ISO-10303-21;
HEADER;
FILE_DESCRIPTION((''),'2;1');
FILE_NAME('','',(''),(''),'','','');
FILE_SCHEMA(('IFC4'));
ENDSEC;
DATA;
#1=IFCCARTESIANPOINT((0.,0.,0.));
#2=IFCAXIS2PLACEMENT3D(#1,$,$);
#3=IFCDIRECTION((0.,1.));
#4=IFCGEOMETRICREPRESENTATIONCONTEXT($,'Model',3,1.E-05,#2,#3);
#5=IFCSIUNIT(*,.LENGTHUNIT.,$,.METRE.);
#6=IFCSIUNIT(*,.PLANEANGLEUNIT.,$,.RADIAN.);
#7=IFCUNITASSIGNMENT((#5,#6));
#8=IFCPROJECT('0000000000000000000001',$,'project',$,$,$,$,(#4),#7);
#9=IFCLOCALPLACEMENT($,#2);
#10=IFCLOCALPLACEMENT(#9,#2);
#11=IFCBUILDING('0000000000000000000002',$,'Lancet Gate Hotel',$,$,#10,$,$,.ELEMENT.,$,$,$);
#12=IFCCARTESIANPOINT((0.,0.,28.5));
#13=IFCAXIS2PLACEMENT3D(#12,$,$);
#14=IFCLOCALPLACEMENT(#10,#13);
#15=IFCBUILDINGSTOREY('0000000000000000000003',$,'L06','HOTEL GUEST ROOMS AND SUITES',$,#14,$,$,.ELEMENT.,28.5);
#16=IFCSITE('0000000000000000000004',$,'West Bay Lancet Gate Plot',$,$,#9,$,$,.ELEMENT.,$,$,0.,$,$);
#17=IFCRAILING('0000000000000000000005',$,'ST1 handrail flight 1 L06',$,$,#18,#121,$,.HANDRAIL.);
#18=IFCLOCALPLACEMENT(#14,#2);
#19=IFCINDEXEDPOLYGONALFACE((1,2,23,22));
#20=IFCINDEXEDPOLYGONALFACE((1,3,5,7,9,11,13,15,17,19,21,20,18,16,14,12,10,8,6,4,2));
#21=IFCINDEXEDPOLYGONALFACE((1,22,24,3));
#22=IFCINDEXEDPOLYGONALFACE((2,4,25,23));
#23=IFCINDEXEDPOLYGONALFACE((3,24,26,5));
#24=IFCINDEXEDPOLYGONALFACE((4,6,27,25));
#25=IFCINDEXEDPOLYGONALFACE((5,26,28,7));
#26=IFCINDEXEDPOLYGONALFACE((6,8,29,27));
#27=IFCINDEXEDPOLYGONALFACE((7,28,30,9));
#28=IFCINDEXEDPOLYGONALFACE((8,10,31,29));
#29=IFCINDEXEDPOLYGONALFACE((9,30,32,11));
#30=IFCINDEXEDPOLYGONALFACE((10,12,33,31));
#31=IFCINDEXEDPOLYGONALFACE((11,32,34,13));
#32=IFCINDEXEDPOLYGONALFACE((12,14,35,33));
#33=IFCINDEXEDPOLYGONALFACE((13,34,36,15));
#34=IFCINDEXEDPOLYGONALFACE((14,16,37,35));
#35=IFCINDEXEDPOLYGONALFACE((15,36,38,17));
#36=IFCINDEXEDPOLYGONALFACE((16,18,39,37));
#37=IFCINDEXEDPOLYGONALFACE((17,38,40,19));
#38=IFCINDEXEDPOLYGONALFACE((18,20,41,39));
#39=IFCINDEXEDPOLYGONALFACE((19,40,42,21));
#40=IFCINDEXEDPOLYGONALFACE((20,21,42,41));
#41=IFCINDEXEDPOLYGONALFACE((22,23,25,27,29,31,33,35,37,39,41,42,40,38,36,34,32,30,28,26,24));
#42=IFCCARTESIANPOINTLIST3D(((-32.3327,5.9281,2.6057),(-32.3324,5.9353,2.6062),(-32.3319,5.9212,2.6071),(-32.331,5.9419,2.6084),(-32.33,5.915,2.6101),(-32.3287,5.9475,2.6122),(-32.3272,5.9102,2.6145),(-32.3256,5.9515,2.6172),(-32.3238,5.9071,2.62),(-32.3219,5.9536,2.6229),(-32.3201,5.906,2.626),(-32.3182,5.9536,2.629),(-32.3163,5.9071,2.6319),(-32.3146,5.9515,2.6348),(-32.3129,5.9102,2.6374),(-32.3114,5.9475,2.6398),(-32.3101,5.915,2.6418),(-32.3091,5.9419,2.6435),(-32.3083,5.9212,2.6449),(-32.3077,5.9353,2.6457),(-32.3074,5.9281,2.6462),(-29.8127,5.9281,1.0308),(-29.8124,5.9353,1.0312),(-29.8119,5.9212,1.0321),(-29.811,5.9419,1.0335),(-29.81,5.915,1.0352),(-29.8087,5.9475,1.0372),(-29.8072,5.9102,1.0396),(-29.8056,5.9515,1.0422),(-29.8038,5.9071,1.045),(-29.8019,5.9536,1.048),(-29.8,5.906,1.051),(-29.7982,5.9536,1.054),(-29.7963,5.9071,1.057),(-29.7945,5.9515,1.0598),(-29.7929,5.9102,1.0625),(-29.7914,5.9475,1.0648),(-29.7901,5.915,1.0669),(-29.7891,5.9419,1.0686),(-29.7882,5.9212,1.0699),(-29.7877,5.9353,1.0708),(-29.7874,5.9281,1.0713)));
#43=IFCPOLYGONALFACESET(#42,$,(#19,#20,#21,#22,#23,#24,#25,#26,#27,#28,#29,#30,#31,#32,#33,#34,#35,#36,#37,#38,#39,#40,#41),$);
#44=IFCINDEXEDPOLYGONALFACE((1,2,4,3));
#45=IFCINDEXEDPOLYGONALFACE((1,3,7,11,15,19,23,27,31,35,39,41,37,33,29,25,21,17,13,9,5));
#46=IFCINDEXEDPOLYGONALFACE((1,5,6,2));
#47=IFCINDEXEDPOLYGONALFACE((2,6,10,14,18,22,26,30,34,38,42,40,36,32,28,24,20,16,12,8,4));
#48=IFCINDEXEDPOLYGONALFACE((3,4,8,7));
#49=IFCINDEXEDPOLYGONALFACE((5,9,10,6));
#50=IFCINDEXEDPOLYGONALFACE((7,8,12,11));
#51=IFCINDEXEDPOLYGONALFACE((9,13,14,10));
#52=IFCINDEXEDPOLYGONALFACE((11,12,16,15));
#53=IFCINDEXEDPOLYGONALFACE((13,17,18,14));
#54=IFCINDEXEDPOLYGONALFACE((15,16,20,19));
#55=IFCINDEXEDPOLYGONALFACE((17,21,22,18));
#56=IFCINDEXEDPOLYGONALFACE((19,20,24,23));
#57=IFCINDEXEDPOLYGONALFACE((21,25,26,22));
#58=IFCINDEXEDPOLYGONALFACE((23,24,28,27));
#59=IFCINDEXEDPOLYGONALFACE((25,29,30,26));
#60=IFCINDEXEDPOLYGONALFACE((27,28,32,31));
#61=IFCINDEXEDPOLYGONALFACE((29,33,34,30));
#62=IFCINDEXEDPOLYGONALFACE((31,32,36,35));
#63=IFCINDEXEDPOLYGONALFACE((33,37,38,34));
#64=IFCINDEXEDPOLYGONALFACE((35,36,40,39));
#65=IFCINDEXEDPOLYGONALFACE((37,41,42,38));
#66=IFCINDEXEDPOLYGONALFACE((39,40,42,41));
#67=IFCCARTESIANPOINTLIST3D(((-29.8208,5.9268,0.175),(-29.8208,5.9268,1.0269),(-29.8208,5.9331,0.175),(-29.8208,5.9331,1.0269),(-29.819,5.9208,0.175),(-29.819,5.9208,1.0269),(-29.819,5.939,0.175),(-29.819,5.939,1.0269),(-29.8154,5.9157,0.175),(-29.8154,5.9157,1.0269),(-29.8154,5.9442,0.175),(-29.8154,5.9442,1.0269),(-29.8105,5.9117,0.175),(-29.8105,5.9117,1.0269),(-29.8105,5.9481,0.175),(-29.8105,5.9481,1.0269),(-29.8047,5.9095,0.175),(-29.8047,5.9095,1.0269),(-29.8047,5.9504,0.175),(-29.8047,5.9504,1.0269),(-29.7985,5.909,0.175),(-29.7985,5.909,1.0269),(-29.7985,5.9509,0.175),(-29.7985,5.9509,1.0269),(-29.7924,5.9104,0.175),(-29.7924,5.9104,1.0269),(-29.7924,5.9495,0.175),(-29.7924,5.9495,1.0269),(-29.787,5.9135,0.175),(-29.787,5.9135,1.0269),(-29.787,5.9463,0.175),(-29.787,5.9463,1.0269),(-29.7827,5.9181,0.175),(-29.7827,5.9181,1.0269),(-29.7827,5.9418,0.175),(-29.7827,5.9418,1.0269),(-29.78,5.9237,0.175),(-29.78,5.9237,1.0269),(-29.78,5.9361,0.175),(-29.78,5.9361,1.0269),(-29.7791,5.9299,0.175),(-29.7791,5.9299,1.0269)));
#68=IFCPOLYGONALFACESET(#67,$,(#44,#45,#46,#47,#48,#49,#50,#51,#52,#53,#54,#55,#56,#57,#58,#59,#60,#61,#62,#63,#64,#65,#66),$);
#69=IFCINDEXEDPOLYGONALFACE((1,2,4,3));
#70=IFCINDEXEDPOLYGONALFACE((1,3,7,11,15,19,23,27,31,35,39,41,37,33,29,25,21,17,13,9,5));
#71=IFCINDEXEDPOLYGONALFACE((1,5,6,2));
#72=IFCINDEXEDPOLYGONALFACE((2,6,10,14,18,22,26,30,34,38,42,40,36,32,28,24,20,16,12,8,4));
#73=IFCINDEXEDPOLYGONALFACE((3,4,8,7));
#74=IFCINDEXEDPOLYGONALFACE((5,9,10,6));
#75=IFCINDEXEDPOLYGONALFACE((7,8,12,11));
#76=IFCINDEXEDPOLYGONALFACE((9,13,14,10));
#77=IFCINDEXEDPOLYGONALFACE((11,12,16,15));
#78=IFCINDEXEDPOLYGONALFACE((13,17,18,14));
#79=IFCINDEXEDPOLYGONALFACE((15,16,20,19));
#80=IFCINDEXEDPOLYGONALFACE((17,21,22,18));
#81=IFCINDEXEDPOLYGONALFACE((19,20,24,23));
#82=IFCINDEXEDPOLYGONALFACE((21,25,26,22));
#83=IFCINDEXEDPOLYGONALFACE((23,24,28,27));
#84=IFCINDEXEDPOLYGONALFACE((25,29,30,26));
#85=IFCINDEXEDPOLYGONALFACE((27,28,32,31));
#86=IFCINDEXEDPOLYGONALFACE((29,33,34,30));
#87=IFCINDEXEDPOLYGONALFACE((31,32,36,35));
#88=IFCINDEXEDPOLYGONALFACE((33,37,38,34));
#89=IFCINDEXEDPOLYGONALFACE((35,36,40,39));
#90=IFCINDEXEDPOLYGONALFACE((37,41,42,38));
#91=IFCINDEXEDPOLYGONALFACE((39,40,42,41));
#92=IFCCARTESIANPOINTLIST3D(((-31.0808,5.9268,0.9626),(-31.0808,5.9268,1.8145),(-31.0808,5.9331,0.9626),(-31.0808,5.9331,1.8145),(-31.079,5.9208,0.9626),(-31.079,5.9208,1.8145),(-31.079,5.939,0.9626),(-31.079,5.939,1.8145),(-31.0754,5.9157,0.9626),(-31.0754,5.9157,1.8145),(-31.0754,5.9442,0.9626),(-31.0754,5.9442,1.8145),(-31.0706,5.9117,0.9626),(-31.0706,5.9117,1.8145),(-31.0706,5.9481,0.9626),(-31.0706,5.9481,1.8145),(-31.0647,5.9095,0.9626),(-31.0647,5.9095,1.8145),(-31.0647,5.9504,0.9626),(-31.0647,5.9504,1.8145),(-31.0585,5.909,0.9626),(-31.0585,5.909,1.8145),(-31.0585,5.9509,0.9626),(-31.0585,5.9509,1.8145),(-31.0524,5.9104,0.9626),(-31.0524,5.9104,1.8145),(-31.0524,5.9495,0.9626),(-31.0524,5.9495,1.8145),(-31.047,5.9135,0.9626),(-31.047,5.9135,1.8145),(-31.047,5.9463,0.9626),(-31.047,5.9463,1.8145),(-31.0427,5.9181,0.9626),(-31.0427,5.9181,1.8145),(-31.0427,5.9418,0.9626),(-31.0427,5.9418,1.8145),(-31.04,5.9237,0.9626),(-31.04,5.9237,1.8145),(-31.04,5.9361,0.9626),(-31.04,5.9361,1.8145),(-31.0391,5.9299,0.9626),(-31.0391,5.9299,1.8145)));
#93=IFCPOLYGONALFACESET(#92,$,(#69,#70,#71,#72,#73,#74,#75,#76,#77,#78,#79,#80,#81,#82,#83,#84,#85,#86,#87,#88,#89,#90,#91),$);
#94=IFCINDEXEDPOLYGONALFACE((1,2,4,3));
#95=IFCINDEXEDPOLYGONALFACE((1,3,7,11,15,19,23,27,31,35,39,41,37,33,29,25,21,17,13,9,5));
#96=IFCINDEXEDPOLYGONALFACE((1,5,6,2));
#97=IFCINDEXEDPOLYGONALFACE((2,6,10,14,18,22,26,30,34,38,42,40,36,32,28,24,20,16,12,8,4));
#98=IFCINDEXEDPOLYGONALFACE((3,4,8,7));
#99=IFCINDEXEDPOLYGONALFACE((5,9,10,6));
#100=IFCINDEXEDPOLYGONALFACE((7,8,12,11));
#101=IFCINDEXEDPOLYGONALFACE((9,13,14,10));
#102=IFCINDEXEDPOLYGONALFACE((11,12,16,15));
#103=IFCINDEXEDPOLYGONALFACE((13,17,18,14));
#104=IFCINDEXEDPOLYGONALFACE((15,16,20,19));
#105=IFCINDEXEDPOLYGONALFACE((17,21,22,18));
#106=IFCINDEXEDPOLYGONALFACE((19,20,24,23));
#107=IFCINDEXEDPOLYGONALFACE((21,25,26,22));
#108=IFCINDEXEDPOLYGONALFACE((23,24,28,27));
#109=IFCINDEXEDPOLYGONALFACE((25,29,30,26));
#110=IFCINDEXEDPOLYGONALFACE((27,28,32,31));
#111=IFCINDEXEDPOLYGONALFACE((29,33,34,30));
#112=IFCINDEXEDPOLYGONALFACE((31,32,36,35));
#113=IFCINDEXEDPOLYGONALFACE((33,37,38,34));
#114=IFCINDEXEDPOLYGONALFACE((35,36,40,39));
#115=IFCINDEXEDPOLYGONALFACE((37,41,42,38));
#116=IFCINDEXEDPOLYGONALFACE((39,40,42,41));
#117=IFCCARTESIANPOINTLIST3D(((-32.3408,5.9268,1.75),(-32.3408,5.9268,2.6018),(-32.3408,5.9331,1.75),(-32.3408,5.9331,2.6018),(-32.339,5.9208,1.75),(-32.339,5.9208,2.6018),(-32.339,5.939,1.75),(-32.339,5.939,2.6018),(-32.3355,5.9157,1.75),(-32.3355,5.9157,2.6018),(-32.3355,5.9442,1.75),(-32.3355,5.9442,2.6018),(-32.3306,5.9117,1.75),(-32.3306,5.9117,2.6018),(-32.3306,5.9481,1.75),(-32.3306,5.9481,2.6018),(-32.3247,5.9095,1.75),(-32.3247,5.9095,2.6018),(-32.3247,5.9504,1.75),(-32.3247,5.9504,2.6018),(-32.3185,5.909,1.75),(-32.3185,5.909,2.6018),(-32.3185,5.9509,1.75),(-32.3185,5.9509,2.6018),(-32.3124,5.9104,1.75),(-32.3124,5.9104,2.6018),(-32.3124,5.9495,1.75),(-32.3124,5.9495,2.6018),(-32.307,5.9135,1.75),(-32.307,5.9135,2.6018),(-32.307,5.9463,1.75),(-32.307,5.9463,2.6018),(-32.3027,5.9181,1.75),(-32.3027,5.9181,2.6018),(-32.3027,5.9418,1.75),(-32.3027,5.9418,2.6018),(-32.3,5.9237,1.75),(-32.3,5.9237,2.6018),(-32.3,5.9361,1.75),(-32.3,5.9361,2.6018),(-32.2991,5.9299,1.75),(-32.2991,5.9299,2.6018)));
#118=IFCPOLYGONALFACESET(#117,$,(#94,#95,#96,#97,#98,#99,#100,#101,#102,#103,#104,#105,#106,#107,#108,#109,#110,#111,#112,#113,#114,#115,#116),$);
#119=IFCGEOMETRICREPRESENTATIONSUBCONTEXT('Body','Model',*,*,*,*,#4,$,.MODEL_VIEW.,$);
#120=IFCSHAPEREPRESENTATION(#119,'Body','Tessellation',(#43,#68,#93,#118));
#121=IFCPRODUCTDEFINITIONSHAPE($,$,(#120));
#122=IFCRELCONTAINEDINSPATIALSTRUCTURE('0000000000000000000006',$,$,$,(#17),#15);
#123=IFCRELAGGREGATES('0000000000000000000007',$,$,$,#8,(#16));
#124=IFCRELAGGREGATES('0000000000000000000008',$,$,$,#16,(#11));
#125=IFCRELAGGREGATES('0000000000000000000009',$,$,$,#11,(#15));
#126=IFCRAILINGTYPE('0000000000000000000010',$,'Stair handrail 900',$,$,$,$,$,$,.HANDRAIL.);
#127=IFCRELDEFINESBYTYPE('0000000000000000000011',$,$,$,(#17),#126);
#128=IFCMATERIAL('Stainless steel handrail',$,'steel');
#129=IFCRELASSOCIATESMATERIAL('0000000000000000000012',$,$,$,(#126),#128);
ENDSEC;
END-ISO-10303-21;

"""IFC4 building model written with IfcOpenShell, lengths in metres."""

from ifc_helpers import new_model, si_unit, direction, frame, origin, origin_2d, place, context, subcontext, project, spatial, circle, extrude, material, type_object, element, save


model = new_model("IFC4")

# Units and contexts
model_context = context("Model", 3, precision=1e-05, world=origin(), true_north=direction((0.0, 1.0)))
body_context = subcontext(model_context, "Body", "Model", "MODEL_VIEW")
ifc_project = project(units=[si_unit("LENGTHUNIT", "METRE"), si_unit("PLANEANGLEUNIT", "RADIAN")], contexts=[model_context])

# Site, building, storey
site_placement = place(None, origin())
site = spatial("IfcSite", under=ifc_project, at=site_placement, Name="West Bay Lancet Gate Plot", CompositionType="ELEMENT", RefElevation=0.0)
building_placement = place(site_placement, origin())
building = spatial("IfcBuilding", under=site, at=building_placement, Name="Lancet Gate Hotel", CompositionType="ELEMENT")
storey_placement = place(building_placement, frame((0.0, 0.0, 28.5)))
storey = spatial("IfcBuildingStorey", under=building, at=storey_placement, Name="L06", Description="HOTEL GUEST ROOMS AND SUITES", CompositionType="ELEMENT", Elevation=28.5)

# Railing
ifc_material_1 = material(Name="Stainless steel handrail", Category="steel")
railing_type = type_object("IfcRailingType", Name="Stair handrail 900", PredefinedType="HANDRAIL", material=ifc_material_1)
railing_1_placement = place(storey_placement, frame((-29.8, 5.9299, 0.175)))
element("IfcRailing", 1, at=railing_1_placement, inside=storey, type_object=railing_type, Name="ST1 handrail flight 1 L06", PredefinedType="HANDRAIL", context=body_context, shape_type="SweptSolid", body=[
    extrude(circle(Radius=0.0239, at=origin_2d()), frame((0.0, 0.0, 0.876), z_axis=(-0.848008, 0.0, 0.529984), x_axis=(0.0, -1.0, 0.0)), (0.0, 0.0, 1.0), 2.9717),
    extrude(circle(Radius=0.021, at=origin_2d()), origin(), (0.0, 0.0, 1.0), 0.8518),
    extrude(circle(Radius=0.021, at=origin_2d()), frame((-1.26, 0.0, 0.7876)), (0.0, 0.0, 1.0), 0.8518),
    extrude(circle(Radius=0.021, at=origin_2d()), frame((-2.52, 0.0, 1.575)), (0.0, 0.0, 1.0), 0.8518),
])

save(model, "model.ifc")
